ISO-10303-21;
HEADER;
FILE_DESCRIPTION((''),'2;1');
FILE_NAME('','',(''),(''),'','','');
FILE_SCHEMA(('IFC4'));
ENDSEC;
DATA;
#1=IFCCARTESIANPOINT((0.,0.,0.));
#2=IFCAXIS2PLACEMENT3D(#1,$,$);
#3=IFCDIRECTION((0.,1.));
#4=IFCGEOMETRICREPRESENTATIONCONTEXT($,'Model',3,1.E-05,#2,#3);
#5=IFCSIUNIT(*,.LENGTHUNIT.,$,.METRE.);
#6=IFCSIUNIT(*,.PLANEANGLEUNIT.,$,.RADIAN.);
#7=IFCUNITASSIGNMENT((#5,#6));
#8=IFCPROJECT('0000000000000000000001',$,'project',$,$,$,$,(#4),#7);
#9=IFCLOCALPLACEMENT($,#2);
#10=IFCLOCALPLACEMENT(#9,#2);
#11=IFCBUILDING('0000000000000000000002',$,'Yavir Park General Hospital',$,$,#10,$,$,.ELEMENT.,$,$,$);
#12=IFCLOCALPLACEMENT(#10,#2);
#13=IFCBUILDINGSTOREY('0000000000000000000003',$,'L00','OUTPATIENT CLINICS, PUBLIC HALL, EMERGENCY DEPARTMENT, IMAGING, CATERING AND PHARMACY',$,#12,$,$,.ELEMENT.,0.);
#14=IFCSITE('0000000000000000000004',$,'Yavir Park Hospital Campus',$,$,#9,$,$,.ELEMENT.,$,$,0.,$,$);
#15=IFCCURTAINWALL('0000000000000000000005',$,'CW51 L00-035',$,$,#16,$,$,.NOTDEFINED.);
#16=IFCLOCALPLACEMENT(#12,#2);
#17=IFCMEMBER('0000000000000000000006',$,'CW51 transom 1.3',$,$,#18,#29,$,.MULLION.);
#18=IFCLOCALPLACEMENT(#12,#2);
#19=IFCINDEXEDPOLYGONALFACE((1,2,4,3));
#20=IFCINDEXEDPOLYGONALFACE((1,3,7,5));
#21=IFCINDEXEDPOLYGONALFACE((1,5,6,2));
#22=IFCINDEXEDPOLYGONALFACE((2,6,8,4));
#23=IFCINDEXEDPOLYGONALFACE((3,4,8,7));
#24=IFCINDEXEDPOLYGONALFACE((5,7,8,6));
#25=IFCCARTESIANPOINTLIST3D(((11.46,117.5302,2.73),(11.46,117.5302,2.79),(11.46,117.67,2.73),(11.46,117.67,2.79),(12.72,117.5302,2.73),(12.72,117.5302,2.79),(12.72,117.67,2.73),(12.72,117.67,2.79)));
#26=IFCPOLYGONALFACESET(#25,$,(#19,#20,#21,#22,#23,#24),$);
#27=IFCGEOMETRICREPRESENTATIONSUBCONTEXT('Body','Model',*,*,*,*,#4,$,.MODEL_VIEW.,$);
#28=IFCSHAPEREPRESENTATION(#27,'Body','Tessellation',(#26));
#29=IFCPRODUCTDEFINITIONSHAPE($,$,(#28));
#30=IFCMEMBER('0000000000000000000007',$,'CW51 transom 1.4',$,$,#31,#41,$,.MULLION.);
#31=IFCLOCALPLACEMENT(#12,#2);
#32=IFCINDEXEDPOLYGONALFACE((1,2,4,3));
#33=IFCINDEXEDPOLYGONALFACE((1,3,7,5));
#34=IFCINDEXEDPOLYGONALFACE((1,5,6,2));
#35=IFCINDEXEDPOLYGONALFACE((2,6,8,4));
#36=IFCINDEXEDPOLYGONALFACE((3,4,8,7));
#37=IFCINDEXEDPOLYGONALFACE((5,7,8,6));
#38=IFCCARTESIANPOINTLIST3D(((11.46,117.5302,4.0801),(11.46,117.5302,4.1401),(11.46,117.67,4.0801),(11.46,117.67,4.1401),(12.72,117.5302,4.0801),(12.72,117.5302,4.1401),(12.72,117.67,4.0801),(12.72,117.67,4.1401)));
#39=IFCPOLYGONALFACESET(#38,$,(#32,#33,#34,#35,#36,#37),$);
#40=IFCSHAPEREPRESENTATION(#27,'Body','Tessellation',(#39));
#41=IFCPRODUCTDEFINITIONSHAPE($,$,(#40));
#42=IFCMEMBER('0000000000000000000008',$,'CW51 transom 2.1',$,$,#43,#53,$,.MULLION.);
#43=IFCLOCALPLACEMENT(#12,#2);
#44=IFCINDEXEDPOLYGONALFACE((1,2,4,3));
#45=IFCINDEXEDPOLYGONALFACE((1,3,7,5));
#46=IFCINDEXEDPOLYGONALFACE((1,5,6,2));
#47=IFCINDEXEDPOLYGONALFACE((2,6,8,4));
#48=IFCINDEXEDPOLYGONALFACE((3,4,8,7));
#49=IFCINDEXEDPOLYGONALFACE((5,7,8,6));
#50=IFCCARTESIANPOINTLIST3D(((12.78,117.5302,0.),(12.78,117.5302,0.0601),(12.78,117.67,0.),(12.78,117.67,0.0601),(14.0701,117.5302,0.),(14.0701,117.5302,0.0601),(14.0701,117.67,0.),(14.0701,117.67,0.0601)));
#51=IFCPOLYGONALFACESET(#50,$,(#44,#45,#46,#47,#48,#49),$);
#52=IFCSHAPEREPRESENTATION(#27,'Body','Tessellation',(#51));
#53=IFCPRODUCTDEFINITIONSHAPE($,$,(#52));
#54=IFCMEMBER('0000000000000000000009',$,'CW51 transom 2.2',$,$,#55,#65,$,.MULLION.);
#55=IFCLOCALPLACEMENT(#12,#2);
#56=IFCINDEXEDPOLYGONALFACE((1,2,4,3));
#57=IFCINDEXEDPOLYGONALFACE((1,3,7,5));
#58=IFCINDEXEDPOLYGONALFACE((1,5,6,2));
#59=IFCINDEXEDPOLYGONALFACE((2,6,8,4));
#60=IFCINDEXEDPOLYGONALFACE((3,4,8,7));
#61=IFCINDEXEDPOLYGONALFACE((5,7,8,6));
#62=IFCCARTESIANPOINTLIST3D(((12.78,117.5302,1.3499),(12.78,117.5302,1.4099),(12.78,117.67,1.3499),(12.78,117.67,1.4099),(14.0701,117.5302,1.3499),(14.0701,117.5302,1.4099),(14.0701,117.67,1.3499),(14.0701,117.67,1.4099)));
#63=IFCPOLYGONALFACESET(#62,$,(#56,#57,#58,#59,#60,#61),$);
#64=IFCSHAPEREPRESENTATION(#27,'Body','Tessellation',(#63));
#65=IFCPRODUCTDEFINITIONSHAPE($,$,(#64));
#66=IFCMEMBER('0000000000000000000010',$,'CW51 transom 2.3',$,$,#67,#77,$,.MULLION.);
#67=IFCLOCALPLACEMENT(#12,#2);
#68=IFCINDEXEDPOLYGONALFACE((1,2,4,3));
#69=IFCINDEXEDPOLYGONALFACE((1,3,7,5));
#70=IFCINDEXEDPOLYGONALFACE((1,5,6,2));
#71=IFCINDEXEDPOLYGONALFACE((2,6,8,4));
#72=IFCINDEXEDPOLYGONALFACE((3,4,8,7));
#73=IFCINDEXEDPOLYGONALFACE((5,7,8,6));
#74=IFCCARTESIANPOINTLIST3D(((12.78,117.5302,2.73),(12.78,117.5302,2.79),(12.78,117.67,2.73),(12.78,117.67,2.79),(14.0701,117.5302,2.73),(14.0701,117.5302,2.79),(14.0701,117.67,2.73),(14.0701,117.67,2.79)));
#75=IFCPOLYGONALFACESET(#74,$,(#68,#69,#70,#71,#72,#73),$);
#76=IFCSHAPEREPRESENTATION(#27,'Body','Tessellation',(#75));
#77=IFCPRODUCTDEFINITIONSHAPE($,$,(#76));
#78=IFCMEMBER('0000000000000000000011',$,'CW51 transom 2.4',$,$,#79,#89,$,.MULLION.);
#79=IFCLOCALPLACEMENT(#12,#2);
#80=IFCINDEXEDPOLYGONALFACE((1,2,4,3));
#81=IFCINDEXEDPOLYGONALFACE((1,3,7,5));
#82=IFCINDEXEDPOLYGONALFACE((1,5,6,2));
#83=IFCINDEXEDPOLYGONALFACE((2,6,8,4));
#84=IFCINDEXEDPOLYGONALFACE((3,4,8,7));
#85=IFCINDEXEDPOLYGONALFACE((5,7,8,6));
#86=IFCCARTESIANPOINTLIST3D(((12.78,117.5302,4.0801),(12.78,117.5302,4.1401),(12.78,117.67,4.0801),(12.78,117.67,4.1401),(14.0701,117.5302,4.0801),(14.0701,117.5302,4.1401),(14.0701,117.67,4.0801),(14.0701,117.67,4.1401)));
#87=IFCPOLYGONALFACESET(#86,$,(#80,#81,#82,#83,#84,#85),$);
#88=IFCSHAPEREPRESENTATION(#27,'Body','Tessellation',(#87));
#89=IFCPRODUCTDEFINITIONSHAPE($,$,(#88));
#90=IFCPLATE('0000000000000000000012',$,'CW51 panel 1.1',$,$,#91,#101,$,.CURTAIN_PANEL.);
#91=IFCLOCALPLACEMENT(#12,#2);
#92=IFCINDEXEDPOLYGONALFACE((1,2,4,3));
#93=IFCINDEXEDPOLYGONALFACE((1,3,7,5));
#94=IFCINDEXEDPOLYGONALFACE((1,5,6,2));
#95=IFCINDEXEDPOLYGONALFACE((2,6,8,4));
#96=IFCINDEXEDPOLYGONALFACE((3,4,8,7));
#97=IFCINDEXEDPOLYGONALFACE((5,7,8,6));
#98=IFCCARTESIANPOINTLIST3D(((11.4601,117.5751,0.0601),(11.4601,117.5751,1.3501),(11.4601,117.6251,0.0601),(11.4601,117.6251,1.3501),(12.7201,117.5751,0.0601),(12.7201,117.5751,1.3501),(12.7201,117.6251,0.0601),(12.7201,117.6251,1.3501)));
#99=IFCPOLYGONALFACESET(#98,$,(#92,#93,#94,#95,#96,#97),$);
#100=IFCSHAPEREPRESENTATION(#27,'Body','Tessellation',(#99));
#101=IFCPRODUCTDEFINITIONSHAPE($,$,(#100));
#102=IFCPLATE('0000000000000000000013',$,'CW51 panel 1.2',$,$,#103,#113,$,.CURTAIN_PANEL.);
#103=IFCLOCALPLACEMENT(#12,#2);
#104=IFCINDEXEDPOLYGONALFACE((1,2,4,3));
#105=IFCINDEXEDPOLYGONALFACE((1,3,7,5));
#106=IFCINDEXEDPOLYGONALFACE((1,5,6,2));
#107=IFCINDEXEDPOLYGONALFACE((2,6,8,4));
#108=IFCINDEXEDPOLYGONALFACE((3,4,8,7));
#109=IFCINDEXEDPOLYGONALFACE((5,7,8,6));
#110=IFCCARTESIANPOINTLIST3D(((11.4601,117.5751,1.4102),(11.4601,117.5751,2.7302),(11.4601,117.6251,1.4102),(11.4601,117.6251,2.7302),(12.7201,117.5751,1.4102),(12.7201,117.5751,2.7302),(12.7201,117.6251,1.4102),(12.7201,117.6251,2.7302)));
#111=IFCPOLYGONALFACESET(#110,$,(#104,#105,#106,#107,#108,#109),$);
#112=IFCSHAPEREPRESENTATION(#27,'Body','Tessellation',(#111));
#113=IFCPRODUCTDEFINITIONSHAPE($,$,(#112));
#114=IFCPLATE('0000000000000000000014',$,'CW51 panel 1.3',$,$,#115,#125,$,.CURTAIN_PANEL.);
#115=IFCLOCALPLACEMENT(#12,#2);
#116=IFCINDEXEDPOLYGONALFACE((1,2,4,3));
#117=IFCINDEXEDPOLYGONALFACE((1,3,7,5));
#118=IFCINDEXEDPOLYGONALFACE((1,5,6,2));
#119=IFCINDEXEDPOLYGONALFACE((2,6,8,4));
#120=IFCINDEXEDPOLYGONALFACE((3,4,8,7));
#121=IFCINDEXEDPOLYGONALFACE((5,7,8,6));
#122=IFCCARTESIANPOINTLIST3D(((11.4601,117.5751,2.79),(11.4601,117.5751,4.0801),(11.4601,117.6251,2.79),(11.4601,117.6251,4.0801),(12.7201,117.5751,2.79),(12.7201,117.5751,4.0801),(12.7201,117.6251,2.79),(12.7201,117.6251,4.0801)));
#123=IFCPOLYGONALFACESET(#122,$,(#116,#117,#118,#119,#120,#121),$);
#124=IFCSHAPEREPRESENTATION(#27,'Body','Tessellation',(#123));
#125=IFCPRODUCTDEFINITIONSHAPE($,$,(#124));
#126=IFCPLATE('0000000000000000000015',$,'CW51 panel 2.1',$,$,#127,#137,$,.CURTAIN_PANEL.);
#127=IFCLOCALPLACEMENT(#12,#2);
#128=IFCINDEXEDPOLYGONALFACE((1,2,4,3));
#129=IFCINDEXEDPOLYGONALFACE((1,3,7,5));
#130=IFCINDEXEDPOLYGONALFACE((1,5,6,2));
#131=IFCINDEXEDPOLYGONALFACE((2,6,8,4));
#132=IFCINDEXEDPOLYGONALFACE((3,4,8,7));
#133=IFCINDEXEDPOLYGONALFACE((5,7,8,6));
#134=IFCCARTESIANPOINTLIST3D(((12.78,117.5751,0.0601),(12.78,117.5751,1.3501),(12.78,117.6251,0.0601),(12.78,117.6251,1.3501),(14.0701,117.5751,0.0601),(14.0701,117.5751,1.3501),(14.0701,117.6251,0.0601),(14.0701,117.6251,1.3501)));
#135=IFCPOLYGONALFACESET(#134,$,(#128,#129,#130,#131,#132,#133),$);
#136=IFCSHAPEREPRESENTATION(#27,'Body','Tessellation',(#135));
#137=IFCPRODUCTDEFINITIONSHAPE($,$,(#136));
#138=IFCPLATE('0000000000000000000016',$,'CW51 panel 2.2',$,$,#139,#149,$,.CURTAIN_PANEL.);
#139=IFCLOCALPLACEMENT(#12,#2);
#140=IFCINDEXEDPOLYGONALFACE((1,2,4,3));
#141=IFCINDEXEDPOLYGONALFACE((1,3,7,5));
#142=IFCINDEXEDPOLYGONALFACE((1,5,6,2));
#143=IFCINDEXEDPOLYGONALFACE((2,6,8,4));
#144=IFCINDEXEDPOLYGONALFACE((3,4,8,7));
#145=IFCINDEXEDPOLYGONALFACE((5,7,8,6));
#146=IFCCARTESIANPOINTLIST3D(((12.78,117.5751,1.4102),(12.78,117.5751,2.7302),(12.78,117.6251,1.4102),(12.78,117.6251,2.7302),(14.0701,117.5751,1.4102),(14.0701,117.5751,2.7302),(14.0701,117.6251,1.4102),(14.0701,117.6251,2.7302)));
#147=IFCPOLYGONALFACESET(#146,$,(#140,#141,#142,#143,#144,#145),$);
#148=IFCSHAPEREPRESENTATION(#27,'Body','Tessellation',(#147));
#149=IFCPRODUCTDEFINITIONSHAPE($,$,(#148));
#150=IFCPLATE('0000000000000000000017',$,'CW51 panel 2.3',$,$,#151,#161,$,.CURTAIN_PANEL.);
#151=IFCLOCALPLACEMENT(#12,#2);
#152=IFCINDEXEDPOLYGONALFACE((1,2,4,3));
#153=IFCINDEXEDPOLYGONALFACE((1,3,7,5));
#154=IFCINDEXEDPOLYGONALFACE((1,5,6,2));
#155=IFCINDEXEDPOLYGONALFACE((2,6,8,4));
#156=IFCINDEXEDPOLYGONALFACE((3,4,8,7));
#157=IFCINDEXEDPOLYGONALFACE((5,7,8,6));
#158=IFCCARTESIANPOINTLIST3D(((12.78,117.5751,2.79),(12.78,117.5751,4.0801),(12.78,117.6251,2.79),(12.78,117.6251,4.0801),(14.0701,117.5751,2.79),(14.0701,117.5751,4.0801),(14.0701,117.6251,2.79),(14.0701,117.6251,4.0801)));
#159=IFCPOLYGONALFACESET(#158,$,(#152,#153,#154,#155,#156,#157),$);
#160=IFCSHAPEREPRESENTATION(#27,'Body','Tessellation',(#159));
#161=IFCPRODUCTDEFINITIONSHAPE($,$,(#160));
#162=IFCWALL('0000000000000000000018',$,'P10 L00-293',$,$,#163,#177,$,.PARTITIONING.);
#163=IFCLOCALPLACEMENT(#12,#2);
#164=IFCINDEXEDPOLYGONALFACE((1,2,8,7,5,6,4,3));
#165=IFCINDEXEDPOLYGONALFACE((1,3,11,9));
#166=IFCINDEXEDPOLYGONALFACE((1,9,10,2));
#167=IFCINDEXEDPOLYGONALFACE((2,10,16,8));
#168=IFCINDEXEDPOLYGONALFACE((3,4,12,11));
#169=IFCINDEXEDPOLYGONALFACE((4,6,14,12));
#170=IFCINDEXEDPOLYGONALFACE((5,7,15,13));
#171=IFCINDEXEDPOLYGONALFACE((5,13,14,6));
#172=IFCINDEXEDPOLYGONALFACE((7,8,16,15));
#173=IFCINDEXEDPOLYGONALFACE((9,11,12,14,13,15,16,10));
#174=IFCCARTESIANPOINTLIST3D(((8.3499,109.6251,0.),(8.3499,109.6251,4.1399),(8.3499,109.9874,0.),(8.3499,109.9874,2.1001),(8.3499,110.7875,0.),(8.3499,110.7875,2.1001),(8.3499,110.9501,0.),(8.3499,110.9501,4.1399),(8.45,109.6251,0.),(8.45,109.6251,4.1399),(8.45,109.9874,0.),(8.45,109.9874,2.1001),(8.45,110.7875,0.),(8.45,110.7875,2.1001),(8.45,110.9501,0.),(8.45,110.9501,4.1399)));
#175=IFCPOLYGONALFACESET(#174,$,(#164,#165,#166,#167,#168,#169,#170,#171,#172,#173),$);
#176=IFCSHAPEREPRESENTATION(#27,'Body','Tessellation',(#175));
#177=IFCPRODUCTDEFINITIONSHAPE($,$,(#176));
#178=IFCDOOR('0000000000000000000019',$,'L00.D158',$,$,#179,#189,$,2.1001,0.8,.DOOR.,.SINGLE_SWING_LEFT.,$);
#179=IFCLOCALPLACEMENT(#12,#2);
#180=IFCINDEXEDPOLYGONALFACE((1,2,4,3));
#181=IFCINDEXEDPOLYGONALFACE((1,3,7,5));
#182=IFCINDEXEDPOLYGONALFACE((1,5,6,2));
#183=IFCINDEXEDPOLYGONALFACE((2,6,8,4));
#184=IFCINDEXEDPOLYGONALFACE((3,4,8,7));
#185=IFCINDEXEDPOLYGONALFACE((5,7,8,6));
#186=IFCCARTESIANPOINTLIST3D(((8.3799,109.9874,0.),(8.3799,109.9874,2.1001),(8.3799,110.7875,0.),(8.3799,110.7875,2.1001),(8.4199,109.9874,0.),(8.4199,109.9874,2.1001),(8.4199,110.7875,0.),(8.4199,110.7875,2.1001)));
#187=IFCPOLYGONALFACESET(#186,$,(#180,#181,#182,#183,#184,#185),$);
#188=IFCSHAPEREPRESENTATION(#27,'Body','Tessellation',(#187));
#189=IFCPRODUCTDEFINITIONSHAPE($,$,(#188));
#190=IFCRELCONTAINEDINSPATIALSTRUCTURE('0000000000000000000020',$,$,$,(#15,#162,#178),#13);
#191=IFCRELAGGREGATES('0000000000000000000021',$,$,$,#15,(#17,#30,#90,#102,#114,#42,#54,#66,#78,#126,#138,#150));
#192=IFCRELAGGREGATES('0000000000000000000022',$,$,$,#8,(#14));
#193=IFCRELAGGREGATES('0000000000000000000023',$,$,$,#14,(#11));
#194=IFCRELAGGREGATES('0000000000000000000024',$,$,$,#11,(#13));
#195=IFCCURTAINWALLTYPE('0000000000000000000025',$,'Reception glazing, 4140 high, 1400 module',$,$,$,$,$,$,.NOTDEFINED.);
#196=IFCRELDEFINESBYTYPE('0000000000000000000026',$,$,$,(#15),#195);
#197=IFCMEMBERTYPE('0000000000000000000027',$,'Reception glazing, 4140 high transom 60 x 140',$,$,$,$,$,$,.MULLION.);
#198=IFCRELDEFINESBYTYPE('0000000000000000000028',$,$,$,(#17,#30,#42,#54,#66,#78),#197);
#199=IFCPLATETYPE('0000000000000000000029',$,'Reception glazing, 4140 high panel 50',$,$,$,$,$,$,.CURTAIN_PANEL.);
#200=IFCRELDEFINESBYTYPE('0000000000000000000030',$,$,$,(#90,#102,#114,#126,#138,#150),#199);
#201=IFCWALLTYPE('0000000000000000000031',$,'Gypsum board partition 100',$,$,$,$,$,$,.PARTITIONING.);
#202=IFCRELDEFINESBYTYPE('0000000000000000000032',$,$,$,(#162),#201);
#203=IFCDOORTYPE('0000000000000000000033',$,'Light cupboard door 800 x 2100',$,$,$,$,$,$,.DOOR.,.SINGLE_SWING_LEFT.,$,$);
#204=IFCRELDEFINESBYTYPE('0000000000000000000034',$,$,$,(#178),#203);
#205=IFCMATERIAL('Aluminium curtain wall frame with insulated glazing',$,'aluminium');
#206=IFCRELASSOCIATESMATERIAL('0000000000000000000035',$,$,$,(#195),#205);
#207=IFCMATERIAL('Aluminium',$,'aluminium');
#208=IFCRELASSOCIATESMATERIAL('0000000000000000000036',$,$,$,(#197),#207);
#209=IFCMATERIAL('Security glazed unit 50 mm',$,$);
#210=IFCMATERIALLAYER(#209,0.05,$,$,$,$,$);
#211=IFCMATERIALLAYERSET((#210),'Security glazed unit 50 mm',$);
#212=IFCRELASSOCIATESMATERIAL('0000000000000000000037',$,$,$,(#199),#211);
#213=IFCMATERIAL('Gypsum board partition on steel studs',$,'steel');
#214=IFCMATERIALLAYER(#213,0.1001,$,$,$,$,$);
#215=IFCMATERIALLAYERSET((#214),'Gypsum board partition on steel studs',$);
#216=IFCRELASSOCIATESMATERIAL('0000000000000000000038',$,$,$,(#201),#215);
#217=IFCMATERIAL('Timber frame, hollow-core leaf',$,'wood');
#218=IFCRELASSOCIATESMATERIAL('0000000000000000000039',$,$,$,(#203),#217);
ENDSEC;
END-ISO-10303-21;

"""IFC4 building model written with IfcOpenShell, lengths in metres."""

from ifc_helpers import new_model, si_unit, direction, frame, frame_2d, origin, origin_2d, place, context, subcontext, project, spatial, rectangle, extrude, material, layer, layer_set, material_profile, profile_set, type_object, element, fill, aggregate, save


model = new_model("IFC4")

# Units and contexts
model_context = context("Model", 3, precision=1e-05, world=origin(), true_north=direction((0.0, 1.0)))
body_context = subcontext(model_context, "Body", "Model", "MODEL_VIEW")
ifc_project = project(units=[si_unit("LENGTHUNIT", "METRE"), si_unit("PLANEANGLEUNIT", "RADIAN")], contexts=[model_context])

# Site, building, storey
site_placement = place(None, origin())
site = spatial("IfcSite", under=ifc_project, at=site_placement, Name="Yavir Park Hospital Campus", CompositionType="ELEMENT", RefElevation=0.0)
building_placement = place(site_placement, origin())
building = spatial("IfcBuilding", under=site, at=building_placement, Name="Yavir Park General Hospital", CompositionType="ELEMENT")
storey_placement = place(building_placement, origin())
storey = spatial("IfcBuildingStorey", under=building, at=storey_placement, Name="L00", Description="OUTPATIENT CLINICS, PUBLIC HALL, EMERGENCY DEPARTMENT, IMAGING, CATERING AND PHARMACY", CompositionType="ELEMENT", Elevation=0.0)

# Curtain wall, members, plates
ifc_material_1 = material(Name="Aluminium curtain wall frame with insulated glazing", Category="aluminium")
curtain_wall_type = type_object("IfcCurtainWallType", Name="Reception glazing, 4140 high, 1400 module", PredefinedType="NOTDEFINED", material=ifc_material_1)
curtain_wall_placement = place(storey_placement, origin())
curtain_wall = element("IfcCurtainWall", 1, at=curtain_wall_placement, inside=storey, type_object=curtain_wall_type, Name="CW51 L00-035", PredefinedType="NOTDEFINED")
ifc_material_2 = material(Name="Aluminium", Category="aluminium")
ifc_material_profile_1 = material_profile(ifc_material_2, rectangle(XDim=0.1399, YDim=0.0601, at=origin_2d()), Name="AL 140x60")
ifc_profile_set_1 = profile_set([ifc_material_profile_1], Name="Aluminium")
member_type_1 = type_object("IfcMemberType", Name="Reception glazing, 4140 high transom 60 x 140", PredefinedType="MULLION", material=ifc_profile_set_1)
member_1_placement = place(storey_placement, frame((11.46, 117.6001, 2.76), z_axis=(1.0, 0.0, 0.0), x_axis=(0.0, 1.0, 0.0)))
member_1 = element("IfcMember", 2, at=member_1_placement, type_object=member_type_1, Name="CW51 transom 1.3", PredefinedType="MULLION", context=body_context, shape_type="SweptSolid", body=[
    extrude(rectangle(XDim=0.1399, YDim=0.0601, at=origin_2d()), origin(), (0.0, 0.0, 1.0), 1.26),
])
member_2_placement = place(storey_placement, frame((11.46, 117.6001, 4.1101), z_axis=(1.0, 0.0, 0.0), x_axis=(0.0, 1.0, 0.0)))
member_2 = element("IfcMember", 3, at=member_2_placement, type_object=member_type_1, Name="CW51 transom 1.4", PredefinedType="MULLION", context=body_context, shape_type="SweptSolid", body=[
    extrude(rectangle(XDim=0.1399, YDim=0.0601, at=origin_2d()), origin(), (0.0, 0.0, 1.0), 1.26),
])
member_3_placement = place(storey_placement, frame((12.78, 117.6001, 0.03), z_axis=(1.0, 0.0, 0.0), x_axis=(0.0, 1.0, 0.0)))
member_3 = element("IfcMember", 4, at=member_3_placement, type_object=member_type_1, Name="CW51 transom 2.1", PredefinedType="MULLION", context=body_context, shape_type="SweptSolid", body=[
    extrude(rectangle(XDim=0.1399, YDim=0.0601, at=origin_2d()), origin(), (0.0, 0.0, 1.0), 1.29),
])
member_4_placement = place(storey_placement, frame((12.78, 117.6001, 1.3799), z_axis=(1.0, 0.0, 0.0), x_axis=(0.0, 1.0, 0.0)))
member_4 = element("IfcMember", 5, at=member_4_placement, type_object=member_type_1, Name="CW51 transom 2.2", PredefinedType="MULLION", context=body_context, shape_type="SweptSolid", body=[
    extrude(rectangle(XDim=0.1399, YDim=0.0601, at=origin_2d()), origin(), (0.0, 0.0, 1.0), 1.29),
])
member_5_placement = place(storey_placement, frame((12.78, 117.6001, 2.76), z_axis=(1.0, 0.0, 0.0), x_axis=(0.0, 1.0, 0.0)))
member_5 = element("IfcMember", 6, at=member_5_placement, type_object=member_type_1, Name="CW51 transom 2.3", PredefinedType="MULLION", context=body_context, shape_type="SweptSolid", body=[
    extrude(rectangle(XDim=0.1399, YDim=0.0601, at=origin_2d()), origin(), (0.0, 0.0, 1.0), 1.29),
])
member_6_placement = place(storey_placement, frame((12.78, 117.6001, 4.1101), z_axis=(1.0, 0.0, 0.0), x_axis=(0.0, 1.0, 0.0)))
member_6 = element("IfcMember", 7, at=member_6_placement, type_object=member_type_1, Name="CW51 transom 2.4", PredefinedType="MULLION", context=body_context, shape_type="SweptSolid", body=[
    extrude(rectangle(XDim=0.1399, YDim=0.0601, at=origin_2d()), origin(), (0.0, 0.0, 1.0), 1.29),
])
ifc_material_3 = material(Name="Security glazed unit 50 mm")
ifc_layer_1 = layer(ifc_material_3, 0.05)
ifc_layer_set_1 = layer_set([ifc_layer_1], Name="Security glazed unit 50 mm")
plate_type = type_object("IfcPlateType", Name="Reception glazing, 4140 high panel 50", PredefinedType="CURTAIN_PANEL", material=ifc_layer_set_1)
plate_1_placement = place(storey_placement, frame((12.0901, 117.6001, 0.0601), z_axis=(0.0, 0.0, 1.0), x_axis=(1.0, 0.0, 0.0)))
plate_1 = element("IfcPlate", 8, at=plate_1_placement, type_object=plate_type, Name="CW51 panel 1.1", PredefinedType="CURTAIN_PANEL", context=body_context, shape_type="SweptSolid", body=[
    extrude(rectangle(XDim=1.26, YDim=0.05, at=origin_2d()), origin(), (0.0, 0.0, 1.0), 1.29),
])
plate_2_placement = place(storey_placement, frame((12.0901, 117.6001, 1.4102), z_axis=(0.0, 0.0, 1.0), x_axis=(1.0, 0.0, 0.0)))
plate_2 = element("IfcPlate", 9, at=plate_2_placement, type_object=plate_type, Name="CW51 panel 1.2", PredefinedType="CURTAIN_PANEL", context=body_context, shape_type="SweptSolid", body=[
    extrude(rectangle(XDim=1.26, YDim=0.05, at=origin_2d()), origin(), (0.0, 0.0, 1.0), 1.3201),
])
plate_3_placement = place(storey_placement, frame((12.0901, 117.6001, 2.79), z_axis=(0.0, 0.0, 1.0), x_axis=(1.0, 0.0, 0.0)))
plate_3 = element("IfcPlate", 10, at=plate_3_placement, type_object=plate_type, Name="CW51 panel 1.3", PredefinedType="CURTAIN_PANEL", context=body_context, shape_type="SweptSolid", body=[
    extrude(rectangle(XDim=1.26, YDim=0.05, at=origin_2d()), origin(), (0.0, 0.0, 1.0), 1.29),
])
plate_4_placement = place(storey_placement, frame((13.425, 117.6001, 0.0601), z_axis=(0.0, 0.0, 1.0), x_axis=(1.0, 0.0, 0.0)))
plate_4 = element("IfcPlate", 11, at=plate_4_placement, type_object=plate_type, Name="CW51 panel 2.1", PredefinedType="CURTAIN_PANEL", context=body_context, shape_type="SweptSolid", body=[
    extrude(rectangle(XDim=1.29, YDim=0.05, at=origin_2d()), origin(), (0.0, 0.0, 1.0), 1.29),
])
plate_5_placement = place(storey_placement, frame((13.425, 117.6001, 1.4102), z_axis=(0.0, 0.0, 1.0), x_axis=(1.0, 0.0, 0.0)))
plate_5 = element("IfcPlate", 12, at=plate_5_placement, type_object=plate_type, Name="CW51 panel 2.2", PredefinedType="CURTAIN_PANEL", context=body_context, shape_type="SweptSolid", body=[
    extrude(rectangle(XDim=1.29, YDim=0.05, at=origin_2d()), origin(), (0.0, 0.0, 1.0), 1.3201),
])
plate_6_placement = place(storey_placement, frame((13.425, 117.6001, 2.79), z_axis=(0.0, 0.0, 1.0), x_axis=(1.0, 0.0, 0.0)))
plate_6 = element("IfcPlate", 13, at=plate_6_placement, type_object=plate_type, Name="CW51 panel 2.3", PredefinedType="CURTAIN_PANEL", context=body_context, shape_type="SweptSolid", body=[
    extrude(rectangle(XDim=1.29, YDim=0.05, at=origin_2d()), origin(), (0.0, 0.0, 1.0), 1.29),
])
aggregate(curtain_wall, [member_1, member_2, plate_1, plate_2, plate_3, member_3, member_4, member_5, member_6, plate_4, plate_5, plate_6])

# Wall, opening, door
ifc_material_4 = material(Name="Gypsum board partition on steel studs", Category="steel")
ifc_layer_2 = layer(ifc_material_4, 0.1001)
ifc_layer_set_2 = layer_set([ifc_layer_2], Name="Gypsum board partition on steel studs")
wall_type_1 = type_object("IfcWallType", Name="Gypsum board partition 100", PredefinedType="PARTITIONING", material=ifc_layer_set_2)
wall_1_placement = place(storey_placement, frame((8.3999, 109.625, 0.0), z_axis=(0.0, 0.0, 1.0), x_axis=(0.0, 1.0, 0.0)))
wall_1 = element("IfcWall", 14, at=wall_1_placement, inside=storey, type_object=wall_type_1, Name="P10 L00-293", PredefinedType="PARTITIONING", context=body_context, shape_type="SweptSolid", body=[
    extrude(rectangle(XDim=1.325, YDim=0.1001, at=frame_2d((0.6626, 0.0))), origin(), (0.0, 0.0, 1.0), 4.1399),
])
opening_1_placement = place(wall_1_placement, frame((0.3625, 0.0, 0.0)))
opening_1 = element("IfcOpeningElement", 15, at=opening_1_placement, cuts=wall_1, PredefinedType="OPENING", context=body_context, shape_type="SweptSolid", body=[
    extrude(rectangle(XDim=0.8, YDim=2.1001, at=frame_2d((0.3999, 1.05))), frame((0.0, 0.0601, 0.0), z_axis=(0.0, -1.0, 0.0), x_axis=(1.0, 0.0, 0.0)), (0.0, 0.0, 1.0), 0.1201),
])
ifc_material_5 = material(Name="Timber frame, hollow-core leaf", Category="wood")
door_type = type_object("IfcDoorType", Name="Light cupboard door 800 x 2100", OperationType="SINGLE_SWING_LEFT", PredefinedType="DOOR", material=ifc_material_5)
door_placement = place(opening_1_placement, origin())
door = element("IfcDoor", 16, at=door_placement, inside=storey, type_object=door_type, Name="L00.D158", OperationType="SINGLE_SWING_LEFT", OverallHeight=2.1001, OverallWidth=0.8, PredefinedType="DOOR", context=body_context, shape_type="SweptSolid", body=[
    extrude(rectangle(XDim=0.8, YDim=2.1001, at=frame_2d((0.3999, 1.05))), frame((0.0, 0.02, 0.0), z_axis=(0.0, -1.0, 0.0), x_axis=(1.0, 0.0, 0.0)), (0.0, 0.0, 1.0), 0.04),
])
fill(opening_1, door)

save(model, "model.ifc")
